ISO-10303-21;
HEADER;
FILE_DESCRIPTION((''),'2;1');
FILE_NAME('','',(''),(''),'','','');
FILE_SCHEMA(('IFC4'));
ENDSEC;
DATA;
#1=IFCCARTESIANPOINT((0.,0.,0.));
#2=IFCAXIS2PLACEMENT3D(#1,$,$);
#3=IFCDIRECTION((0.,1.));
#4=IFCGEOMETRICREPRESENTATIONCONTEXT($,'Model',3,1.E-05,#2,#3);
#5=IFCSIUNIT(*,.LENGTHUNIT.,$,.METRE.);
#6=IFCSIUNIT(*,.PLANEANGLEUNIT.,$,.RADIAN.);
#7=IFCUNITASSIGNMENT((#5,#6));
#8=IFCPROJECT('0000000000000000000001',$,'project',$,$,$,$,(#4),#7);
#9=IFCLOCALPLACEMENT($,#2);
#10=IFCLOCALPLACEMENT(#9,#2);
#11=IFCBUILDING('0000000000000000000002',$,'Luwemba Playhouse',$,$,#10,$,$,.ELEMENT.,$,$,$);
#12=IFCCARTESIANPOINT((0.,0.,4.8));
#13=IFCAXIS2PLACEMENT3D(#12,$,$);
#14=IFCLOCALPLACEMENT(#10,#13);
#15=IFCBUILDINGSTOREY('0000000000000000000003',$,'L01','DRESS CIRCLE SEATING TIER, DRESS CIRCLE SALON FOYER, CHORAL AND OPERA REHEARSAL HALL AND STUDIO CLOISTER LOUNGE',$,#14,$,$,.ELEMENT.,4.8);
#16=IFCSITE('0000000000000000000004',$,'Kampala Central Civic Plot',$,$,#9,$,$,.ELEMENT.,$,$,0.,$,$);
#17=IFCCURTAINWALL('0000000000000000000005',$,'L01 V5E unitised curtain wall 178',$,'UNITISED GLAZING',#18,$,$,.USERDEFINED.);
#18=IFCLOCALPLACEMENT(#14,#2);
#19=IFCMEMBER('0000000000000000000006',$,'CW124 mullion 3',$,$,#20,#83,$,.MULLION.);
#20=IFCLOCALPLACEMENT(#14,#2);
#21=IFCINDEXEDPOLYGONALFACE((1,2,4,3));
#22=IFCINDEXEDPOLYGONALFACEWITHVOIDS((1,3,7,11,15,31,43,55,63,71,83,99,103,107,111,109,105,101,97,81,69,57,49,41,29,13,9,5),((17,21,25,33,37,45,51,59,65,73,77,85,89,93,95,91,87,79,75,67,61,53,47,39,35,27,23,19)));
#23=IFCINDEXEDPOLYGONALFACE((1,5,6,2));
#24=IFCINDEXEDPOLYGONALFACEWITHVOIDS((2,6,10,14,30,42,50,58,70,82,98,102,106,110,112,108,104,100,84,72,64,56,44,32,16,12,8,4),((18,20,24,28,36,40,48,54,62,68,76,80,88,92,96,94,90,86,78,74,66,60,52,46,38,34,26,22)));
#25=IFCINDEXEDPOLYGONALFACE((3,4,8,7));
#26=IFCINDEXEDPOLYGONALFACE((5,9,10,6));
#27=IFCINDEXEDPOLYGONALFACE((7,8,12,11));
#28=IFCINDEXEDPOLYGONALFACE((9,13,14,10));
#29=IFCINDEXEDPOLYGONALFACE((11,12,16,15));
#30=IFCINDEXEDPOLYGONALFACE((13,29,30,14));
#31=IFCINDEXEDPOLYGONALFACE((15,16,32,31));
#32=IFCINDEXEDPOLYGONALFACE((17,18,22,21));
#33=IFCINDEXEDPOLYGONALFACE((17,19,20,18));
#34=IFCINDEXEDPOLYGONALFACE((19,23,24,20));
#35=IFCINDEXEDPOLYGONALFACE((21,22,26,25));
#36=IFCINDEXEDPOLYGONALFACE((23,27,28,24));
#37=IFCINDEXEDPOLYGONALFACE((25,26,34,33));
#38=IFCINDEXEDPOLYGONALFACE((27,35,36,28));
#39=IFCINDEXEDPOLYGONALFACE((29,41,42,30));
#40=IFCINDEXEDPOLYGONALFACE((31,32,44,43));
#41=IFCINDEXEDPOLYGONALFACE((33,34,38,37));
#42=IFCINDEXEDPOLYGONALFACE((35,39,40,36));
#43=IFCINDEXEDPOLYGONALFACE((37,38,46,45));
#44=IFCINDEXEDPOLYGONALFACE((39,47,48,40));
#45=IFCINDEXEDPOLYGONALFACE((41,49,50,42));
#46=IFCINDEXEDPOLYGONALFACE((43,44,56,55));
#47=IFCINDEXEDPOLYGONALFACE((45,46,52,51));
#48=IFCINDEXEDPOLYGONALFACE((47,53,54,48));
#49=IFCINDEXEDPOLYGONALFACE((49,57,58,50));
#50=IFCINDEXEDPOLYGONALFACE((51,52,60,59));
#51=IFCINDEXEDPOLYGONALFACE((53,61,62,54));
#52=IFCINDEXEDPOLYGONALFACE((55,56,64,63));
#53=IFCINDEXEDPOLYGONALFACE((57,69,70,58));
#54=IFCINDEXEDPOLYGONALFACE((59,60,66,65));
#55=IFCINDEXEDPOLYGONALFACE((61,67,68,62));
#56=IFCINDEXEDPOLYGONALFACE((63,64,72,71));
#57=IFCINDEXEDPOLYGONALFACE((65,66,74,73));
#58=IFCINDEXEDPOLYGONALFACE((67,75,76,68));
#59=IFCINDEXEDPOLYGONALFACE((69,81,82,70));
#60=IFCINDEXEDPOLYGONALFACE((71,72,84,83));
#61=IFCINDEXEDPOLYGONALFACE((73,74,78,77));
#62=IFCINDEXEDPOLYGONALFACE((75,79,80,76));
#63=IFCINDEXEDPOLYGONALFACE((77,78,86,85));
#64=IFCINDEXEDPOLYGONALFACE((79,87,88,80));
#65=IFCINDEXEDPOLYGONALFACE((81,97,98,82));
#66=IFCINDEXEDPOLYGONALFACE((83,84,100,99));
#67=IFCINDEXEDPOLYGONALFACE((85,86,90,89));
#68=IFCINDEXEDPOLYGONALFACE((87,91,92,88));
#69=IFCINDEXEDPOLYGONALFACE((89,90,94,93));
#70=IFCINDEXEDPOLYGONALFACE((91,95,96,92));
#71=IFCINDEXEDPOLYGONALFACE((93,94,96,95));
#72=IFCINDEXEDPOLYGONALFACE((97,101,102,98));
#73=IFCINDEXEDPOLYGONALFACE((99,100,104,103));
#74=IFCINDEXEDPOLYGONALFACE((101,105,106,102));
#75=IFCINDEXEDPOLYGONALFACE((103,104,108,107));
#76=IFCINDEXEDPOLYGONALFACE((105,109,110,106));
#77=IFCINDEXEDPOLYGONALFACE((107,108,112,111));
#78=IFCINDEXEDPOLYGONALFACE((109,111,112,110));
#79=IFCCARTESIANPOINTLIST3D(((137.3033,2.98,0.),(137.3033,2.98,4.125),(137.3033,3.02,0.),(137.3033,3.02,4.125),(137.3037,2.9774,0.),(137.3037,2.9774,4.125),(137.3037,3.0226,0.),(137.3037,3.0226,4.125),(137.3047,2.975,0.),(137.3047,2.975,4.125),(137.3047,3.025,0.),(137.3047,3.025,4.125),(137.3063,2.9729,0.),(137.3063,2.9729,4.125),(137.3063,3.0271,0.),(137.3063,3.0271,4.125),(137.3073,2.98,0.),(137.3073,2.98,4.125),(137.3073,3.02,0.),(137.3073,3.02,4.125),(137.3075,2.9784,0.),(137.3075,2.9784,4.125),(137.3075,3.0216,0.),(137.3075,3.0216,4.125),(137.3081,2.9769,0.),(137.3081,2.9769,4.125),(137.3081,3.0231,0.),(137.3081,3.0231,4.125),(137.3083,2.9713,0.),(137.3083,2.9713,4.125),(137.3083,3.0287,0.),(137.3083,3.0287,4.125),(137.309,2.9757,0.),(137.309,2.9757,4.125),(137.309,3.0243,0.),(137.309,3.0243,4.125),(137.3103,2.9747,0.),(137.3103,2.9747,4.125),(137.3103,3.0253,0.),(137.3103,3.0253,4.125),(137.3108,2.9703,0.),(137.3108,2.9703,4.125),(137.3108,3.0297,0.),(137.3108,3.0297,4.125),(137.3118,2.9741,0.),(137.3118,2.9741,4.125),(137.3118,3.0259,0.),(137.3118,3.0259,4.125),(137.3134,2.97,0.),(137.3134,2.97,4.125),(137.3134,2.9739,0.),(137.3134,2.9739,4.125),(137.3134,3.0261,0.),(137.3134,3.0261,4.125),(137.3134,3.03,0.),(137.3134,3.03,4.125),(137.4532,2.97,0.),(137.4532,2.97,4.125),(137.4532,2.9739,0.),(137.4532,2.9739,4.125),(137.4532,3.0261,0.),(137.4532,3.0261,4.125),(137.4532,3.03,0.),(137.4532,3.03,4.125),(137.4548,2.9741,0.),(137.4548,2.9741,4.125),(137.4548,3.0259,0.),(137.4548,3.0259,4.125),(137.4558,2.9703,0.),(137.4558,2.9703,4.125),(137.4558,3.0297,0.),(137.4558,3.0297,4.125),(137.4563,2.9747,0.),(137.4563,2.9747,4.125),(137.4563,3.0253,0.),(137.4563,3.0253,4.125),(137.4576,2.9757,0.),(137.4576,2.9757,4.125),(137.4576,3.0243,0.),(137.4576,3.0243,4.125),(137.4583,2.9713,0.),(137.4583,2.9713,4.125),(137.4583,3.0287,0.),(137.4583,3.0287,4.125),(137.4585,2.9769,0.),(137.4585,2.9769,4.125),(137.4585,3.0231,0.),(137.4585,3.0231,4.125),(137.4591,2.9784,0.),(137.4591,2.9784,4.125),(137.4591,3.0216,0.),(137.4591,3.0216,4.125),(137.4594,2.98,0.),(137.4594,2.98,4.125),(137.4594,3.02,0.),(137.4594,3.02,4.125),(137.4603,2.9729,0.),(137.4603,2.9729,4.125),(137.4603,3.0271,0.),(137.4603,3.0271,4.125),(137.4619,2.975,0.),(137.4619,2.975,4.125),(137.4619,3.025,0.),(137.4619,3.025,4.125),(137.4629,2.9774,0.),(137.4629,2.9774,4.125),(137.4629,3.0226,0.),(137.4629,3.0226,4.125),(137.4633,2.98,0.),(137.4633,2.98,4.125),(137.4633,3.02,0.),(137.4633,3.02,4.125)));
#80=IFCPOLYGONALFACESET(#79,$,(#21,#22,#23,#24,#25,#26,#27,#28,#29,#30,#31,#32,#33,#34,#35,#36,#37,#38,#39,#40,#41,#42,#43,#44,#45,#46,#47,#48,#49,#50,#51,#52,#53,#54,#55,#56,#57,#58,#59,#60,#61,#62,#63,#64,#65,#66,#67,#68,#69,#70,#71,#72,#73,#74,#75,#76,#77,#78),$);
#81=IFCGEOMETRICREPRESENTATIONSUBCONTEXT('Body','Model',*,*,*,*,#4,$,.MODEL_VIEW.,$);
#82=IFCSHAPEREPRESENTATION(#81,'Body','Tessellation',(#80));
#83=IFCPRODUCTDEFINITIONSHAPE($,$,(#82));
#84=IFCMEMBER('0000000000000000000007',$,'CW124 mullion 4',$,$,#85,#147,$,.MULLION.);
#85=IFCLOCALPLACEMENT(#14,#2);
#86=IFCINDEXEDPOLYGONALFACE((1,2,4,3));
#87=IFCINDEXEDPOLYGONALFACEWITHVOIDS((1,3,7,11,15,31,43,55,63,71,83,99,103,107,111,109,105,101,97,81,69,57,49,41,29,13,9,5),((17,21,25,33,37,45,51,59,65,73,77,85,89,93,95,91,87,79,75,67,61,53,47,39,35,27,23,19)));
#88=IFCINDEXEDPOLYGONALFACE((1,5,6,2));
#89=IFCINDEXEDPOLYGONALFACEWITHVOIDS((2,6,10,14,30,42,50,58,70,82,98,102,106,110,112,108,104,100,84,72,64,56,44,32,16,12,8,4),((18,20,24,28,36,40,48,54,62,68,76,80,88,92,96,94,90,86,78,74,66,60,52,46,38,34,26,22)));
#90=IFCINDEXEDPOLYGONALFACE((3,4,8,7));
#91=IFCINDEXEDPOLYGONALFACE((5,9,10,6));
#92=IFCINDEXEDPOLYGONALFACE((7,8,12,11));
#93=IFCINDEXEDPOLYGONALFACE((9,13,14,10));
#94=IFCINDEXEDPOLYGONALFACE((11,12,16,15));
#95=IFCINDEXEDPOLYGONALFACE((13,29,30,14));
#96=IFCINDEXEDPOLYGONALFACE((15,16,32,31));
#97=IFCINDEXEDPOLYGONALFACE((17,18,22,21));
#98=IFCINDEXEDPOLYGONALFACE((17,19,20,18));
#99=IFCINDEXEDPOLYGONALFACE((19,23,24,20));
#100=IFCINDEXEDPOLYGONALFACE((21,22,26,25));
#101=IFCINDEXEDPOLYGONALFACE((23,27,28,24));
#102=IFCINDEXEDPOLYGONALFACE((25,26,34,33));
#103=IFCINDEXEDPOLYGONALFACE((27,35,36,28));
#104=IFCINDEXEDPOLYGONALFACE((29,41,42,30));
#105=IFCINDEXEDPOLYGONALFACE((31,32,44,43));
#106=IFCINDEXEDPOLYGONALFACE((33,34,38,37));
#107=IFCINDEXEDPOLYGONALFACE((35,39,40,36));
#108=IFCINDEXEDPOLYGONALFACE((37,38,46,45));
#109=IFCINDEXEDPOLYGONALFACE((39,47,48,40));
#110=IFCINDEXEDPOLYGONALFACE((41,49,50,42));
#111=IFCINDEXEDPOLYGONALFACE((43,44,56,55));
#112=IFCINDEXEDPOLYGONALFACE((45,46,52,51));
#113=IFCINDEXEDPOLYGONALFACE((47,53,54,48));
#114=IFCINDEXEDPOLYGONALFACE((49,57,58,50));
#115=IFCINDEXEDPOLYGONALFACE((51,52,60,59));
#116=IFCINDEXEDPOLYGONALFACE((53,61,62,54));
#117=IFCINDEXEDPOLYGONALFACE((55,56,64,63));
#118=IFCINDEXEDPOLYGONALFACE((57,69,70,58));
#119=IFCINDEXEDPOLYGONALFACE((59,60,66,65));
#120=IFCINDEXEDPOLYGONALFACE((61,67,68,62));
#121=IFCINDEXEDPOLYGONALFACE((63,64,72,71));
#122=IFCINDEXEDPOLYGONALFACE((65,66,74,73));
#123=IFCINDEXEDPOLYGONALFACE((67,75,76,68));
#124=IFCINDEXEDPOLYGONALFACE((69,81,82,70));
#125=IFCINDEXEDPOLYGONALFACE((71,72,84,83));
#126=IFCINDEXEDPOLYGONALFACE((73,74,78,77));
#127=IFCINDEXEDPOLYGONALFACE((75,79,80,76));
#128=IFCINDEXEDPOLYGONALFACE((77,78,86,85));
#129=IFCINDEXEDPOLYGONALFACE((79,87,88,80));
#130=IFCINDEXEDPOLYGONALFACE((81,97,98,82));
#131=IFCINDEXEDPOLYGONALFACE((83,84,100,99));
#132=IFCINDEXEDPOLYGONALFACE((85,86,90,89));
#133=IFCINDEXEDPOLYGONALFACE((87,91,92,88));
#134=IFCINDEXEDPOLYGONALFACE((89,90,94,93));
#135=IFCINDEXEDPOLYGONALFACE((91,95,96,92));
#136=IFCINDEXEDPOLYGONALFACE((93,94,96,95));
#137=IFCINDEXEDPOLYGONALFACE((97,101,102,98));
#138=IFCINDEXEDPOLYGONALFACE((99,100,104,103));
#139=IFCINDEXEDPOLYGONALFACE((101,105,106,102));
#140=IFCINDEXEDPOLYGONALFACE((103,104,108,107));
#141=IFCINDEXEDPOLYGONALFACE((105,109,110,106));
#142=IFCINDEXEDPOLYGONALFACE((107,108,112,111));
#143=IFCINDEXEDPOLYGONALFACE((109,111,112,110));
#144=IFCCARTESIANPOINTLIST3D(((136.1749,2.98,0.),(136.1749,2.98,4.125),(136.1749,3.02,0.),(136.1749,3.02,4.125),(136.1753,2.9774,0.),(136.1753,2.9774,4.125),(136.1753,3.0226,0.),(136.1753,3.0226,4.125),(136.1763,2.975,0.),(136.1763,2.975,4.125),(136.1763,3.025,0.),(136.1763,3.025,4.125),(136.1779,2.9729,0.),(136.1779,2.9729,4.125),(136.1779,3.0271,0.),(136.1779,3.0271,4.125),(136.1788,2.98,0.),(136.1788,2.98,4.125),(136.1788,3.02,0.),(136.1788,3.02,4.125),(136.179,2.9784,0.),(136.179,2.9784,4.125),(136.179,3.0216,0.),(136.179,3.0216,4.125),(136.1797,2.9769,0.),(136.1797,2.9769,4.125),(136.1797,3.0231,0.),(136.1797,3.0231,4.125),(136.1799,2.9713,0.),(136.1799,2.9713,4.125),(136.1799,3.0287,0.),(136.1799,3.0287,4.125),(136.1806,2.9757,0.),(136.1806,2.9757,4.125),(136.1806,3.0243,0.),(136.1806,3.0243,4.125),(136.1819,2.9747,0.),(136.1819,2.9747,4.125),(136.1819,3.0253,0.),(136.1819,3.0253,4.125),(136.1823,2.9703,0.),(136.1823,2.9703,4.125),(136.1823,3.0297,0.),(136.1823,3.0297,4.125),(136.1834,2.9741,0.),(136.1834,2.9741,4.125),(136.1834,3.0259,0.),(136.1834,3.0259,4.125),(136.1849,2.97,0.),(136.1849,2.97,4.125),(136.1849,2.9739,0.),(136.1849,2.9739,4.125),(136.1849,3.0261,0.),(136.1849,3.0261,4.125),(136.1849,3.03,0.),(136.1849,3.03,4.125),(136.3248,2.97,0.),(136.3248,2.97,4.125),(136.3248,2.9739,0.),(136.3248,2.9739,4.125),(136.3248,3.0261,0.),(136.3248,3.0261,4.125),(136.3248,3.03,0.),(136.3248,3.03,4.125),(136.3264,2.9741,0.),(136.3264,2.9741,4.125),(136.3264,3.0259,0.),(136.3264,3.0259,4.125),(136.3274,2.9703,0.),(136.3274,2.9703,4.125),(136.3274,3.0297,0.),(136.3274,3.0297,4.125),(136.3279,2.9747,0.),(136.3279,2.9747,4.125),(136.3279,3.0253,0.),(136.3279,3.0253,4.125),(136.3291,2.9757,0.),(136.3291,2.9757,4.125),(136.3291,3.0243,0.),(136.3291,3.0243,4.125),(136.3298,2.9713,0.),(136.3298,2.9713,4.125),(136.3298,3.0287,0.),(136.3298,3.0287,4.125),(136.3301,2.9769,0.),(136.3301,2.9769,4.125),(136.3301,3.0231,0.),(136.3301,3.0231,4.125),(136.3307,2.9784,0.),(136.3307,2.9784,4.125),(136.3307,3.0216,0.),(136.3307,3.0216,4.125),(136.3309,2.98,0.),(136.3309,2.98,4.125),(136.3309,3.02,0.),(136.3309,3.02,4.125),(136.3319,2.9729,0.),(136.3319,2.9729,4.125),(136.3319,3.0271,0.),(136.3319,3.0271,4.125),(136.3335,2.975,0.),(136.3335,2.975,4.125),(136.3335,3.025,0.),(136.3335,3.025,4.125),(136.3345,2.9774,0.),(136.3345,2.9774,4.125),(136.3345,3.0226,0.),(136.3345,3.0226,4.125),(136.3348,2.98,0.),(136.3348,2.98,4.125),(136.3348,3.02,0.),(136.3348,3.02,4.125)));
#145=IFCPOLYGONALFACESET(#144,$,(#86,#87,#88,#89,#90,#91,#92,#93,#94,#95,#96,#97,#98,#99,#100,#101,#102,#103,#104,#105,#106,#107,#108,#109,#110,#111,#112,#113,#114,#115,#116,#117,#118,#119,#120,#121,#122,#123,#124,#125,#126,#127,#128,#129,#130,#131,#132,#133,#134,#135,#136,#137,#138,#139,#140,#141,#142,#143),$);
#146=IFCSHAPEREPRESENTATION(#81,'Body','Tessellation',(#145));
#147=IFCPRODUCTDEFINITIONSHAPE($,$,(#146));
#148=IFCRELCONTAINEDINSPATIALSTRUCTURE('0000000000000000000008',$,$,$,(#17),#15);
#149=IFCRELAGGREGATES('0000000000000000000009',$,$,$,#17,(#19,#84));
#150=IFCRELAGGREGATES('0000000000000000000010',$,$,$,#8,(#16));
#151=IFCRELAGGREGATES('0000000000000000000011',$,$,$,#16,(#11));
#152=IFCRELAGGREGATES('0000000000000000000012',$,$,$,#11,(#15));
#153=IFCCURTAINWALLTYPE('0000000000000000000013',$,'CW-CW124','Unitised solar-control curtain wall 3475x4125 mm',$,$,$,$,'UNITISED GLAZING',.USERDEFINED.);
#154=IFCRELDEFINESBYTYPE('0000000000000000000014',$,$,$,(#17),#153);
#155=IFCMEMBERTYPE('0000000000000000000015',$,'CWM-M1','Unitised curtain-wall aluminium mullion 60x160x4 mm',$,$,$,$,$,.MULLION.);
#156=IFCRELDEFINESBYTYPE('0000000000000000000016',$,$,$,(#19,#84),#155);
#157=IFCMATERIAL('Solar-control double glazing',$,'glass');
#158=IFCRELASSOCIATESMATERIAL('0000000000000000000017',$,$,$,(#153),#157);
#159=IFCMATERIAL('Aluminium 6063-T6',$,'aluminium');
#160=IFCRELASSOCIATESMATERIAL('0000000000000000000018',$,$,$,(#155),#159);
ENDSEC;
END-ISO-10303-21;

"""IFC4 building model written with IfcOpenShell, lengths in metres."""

from ifc_helpers import new_model, si_unit, direction, frame, origin, origin_2d, place, context, subcontext, project, spatial, hollow_rectangle, extrude, material, material_profile, profile_set, type_object, element, aggregate, save


model = new_model("IFC4")

# Units and contexts
model_context = context("Model", 3, precision=1e-05, world=origin(), true_north=direction((0.0, 1.0)))
body_context = subcontext(model_context, "Body", "Model", "MODEL_VIEW")
ifc_project = project(units=[si_unit("LENGTHUNIT", "METRE"), si_unit("PLANEANGLEUNIT", "RADIAN")], contexts=[model_context])

# Site, building, storey
site_placement = place(None, origin())
site = spatial("IfcSite", under=ifc_project, at=site_placement, Name="Kampala Central Civic Plot", CompositionType="ELEMENT", RefElevation=0.0)
building_placement = place(site_placement, origin())
building = spatial("IfcBuilding", under=site, at=building_placement, Name="Luwemba Playhouse", CompositionType="ELEMENT")
storey_placement = place(building_placement, frame((0.0, 0.0, 4.8)))
storey = spatial("IfcBuildingStorey", under=building, at=storey_placement, Name="L01", Description="DRESS CIRCLE SEATING TIER, DRESS CIRCLE SALON FOYER, CHORAL AND OPERA REHEARSAL HALL AND STUDIO CLOISTER LOUNGE", CompositionType="ELEMENT", Elevation=4.8)

# Curtain wall, members
ifc_material_1 = material(Name="Solar-control double glazing", Category="glass")
curtain_wall_type = type_object("IfcCurtainWallType", Name="CW-CW124", Description="Unitised solar-control curtain wall 3475x4125 mm", ElementType="UNITISED GLAZING", PredefinedType="USERDEFINED", material=ifc_material_1)
curtain_wall_placement = place(storey_placement, origin())
curtain_wall = element("IfcCurtainWall", 1, at=curtain_wall_placement, inside=storey, type_object=curtain_wall_type, Name="L01 V5E unitised curtain wall 178", ObjectType="UNITISED GLAZING", PredefinedType="USERDEFINED")
ifc_material_2 = material(Name="Aluminium 6063-T6", Category="aluminium")
ifc_material_profile_1 = material_profile(ifc_material_2, hollow_rectangle(XDim=0.0601, YDim=0.1599, WallThickness=0.0039, InnerFilletRadius=0.0061, OuterFilletRadius=0.01, at=origin_2d()))
ifc_profile_set_1 = profile_set([ifc_material_profile_1], Name="Aluminium 6063-T6")
member_type_1 = type_object("IfcMemberType", Name="CWM-M1", Description="Unitised curtain-wall aluminium mullion 60x160x4 mm", PredefinedType="MULLION", material=ifc_profile_set_1)
member_1_placement = place(storey_placement, frame((137.3833, 3.0, 0.0), z_axis=(0.0, 0.0, 1.0), x_axis=(0.0, -1.0, 0.0)))
member_1 = element("IfcMember", 2, at=member_1_placement, type_object=member_type_1, Name="CW124 mullion 3", PredefinedType="MULLION", context=body_context, shape_type="SweptSolid", body=[
    extrude(hollow_rectangle(XDim=0.0601, YDim=0.1599, WallThickness=0.0039, InnerFilletRadius=0.0061, OuterFilletRadius=0.01, at=origin_2d()), origin(), (0.0, 0.0, 1.0), 4.125),
])
member_2_placement = place(storey_placement, frame((136.2549, 3.0, 0.0), z_axis=(0.0, 0.0, 1.0), x_axis=(0.0, -1.0, 0.0)))
member_2 = element("IfcMember", 3, at=member_2_placement, type_object=member_type_1, Name="CW124 mullion 4", PredefinedType="MULLION", context=body_context, shape_type="SweptSolid", body=[
    extrude(hollow_rectangle(XDim=0.0601, YDim=0.1599, WallThickness=0.0039, InnerFilletRadius=0.0061, OuterFilletRadius=0.01, at=origin_2d()), origin(), (0.0, 0.0, 1.0), 4.125),
])

aggregate(curtain_wall, [member_1, member_2])

save(model, "model.ifc")
